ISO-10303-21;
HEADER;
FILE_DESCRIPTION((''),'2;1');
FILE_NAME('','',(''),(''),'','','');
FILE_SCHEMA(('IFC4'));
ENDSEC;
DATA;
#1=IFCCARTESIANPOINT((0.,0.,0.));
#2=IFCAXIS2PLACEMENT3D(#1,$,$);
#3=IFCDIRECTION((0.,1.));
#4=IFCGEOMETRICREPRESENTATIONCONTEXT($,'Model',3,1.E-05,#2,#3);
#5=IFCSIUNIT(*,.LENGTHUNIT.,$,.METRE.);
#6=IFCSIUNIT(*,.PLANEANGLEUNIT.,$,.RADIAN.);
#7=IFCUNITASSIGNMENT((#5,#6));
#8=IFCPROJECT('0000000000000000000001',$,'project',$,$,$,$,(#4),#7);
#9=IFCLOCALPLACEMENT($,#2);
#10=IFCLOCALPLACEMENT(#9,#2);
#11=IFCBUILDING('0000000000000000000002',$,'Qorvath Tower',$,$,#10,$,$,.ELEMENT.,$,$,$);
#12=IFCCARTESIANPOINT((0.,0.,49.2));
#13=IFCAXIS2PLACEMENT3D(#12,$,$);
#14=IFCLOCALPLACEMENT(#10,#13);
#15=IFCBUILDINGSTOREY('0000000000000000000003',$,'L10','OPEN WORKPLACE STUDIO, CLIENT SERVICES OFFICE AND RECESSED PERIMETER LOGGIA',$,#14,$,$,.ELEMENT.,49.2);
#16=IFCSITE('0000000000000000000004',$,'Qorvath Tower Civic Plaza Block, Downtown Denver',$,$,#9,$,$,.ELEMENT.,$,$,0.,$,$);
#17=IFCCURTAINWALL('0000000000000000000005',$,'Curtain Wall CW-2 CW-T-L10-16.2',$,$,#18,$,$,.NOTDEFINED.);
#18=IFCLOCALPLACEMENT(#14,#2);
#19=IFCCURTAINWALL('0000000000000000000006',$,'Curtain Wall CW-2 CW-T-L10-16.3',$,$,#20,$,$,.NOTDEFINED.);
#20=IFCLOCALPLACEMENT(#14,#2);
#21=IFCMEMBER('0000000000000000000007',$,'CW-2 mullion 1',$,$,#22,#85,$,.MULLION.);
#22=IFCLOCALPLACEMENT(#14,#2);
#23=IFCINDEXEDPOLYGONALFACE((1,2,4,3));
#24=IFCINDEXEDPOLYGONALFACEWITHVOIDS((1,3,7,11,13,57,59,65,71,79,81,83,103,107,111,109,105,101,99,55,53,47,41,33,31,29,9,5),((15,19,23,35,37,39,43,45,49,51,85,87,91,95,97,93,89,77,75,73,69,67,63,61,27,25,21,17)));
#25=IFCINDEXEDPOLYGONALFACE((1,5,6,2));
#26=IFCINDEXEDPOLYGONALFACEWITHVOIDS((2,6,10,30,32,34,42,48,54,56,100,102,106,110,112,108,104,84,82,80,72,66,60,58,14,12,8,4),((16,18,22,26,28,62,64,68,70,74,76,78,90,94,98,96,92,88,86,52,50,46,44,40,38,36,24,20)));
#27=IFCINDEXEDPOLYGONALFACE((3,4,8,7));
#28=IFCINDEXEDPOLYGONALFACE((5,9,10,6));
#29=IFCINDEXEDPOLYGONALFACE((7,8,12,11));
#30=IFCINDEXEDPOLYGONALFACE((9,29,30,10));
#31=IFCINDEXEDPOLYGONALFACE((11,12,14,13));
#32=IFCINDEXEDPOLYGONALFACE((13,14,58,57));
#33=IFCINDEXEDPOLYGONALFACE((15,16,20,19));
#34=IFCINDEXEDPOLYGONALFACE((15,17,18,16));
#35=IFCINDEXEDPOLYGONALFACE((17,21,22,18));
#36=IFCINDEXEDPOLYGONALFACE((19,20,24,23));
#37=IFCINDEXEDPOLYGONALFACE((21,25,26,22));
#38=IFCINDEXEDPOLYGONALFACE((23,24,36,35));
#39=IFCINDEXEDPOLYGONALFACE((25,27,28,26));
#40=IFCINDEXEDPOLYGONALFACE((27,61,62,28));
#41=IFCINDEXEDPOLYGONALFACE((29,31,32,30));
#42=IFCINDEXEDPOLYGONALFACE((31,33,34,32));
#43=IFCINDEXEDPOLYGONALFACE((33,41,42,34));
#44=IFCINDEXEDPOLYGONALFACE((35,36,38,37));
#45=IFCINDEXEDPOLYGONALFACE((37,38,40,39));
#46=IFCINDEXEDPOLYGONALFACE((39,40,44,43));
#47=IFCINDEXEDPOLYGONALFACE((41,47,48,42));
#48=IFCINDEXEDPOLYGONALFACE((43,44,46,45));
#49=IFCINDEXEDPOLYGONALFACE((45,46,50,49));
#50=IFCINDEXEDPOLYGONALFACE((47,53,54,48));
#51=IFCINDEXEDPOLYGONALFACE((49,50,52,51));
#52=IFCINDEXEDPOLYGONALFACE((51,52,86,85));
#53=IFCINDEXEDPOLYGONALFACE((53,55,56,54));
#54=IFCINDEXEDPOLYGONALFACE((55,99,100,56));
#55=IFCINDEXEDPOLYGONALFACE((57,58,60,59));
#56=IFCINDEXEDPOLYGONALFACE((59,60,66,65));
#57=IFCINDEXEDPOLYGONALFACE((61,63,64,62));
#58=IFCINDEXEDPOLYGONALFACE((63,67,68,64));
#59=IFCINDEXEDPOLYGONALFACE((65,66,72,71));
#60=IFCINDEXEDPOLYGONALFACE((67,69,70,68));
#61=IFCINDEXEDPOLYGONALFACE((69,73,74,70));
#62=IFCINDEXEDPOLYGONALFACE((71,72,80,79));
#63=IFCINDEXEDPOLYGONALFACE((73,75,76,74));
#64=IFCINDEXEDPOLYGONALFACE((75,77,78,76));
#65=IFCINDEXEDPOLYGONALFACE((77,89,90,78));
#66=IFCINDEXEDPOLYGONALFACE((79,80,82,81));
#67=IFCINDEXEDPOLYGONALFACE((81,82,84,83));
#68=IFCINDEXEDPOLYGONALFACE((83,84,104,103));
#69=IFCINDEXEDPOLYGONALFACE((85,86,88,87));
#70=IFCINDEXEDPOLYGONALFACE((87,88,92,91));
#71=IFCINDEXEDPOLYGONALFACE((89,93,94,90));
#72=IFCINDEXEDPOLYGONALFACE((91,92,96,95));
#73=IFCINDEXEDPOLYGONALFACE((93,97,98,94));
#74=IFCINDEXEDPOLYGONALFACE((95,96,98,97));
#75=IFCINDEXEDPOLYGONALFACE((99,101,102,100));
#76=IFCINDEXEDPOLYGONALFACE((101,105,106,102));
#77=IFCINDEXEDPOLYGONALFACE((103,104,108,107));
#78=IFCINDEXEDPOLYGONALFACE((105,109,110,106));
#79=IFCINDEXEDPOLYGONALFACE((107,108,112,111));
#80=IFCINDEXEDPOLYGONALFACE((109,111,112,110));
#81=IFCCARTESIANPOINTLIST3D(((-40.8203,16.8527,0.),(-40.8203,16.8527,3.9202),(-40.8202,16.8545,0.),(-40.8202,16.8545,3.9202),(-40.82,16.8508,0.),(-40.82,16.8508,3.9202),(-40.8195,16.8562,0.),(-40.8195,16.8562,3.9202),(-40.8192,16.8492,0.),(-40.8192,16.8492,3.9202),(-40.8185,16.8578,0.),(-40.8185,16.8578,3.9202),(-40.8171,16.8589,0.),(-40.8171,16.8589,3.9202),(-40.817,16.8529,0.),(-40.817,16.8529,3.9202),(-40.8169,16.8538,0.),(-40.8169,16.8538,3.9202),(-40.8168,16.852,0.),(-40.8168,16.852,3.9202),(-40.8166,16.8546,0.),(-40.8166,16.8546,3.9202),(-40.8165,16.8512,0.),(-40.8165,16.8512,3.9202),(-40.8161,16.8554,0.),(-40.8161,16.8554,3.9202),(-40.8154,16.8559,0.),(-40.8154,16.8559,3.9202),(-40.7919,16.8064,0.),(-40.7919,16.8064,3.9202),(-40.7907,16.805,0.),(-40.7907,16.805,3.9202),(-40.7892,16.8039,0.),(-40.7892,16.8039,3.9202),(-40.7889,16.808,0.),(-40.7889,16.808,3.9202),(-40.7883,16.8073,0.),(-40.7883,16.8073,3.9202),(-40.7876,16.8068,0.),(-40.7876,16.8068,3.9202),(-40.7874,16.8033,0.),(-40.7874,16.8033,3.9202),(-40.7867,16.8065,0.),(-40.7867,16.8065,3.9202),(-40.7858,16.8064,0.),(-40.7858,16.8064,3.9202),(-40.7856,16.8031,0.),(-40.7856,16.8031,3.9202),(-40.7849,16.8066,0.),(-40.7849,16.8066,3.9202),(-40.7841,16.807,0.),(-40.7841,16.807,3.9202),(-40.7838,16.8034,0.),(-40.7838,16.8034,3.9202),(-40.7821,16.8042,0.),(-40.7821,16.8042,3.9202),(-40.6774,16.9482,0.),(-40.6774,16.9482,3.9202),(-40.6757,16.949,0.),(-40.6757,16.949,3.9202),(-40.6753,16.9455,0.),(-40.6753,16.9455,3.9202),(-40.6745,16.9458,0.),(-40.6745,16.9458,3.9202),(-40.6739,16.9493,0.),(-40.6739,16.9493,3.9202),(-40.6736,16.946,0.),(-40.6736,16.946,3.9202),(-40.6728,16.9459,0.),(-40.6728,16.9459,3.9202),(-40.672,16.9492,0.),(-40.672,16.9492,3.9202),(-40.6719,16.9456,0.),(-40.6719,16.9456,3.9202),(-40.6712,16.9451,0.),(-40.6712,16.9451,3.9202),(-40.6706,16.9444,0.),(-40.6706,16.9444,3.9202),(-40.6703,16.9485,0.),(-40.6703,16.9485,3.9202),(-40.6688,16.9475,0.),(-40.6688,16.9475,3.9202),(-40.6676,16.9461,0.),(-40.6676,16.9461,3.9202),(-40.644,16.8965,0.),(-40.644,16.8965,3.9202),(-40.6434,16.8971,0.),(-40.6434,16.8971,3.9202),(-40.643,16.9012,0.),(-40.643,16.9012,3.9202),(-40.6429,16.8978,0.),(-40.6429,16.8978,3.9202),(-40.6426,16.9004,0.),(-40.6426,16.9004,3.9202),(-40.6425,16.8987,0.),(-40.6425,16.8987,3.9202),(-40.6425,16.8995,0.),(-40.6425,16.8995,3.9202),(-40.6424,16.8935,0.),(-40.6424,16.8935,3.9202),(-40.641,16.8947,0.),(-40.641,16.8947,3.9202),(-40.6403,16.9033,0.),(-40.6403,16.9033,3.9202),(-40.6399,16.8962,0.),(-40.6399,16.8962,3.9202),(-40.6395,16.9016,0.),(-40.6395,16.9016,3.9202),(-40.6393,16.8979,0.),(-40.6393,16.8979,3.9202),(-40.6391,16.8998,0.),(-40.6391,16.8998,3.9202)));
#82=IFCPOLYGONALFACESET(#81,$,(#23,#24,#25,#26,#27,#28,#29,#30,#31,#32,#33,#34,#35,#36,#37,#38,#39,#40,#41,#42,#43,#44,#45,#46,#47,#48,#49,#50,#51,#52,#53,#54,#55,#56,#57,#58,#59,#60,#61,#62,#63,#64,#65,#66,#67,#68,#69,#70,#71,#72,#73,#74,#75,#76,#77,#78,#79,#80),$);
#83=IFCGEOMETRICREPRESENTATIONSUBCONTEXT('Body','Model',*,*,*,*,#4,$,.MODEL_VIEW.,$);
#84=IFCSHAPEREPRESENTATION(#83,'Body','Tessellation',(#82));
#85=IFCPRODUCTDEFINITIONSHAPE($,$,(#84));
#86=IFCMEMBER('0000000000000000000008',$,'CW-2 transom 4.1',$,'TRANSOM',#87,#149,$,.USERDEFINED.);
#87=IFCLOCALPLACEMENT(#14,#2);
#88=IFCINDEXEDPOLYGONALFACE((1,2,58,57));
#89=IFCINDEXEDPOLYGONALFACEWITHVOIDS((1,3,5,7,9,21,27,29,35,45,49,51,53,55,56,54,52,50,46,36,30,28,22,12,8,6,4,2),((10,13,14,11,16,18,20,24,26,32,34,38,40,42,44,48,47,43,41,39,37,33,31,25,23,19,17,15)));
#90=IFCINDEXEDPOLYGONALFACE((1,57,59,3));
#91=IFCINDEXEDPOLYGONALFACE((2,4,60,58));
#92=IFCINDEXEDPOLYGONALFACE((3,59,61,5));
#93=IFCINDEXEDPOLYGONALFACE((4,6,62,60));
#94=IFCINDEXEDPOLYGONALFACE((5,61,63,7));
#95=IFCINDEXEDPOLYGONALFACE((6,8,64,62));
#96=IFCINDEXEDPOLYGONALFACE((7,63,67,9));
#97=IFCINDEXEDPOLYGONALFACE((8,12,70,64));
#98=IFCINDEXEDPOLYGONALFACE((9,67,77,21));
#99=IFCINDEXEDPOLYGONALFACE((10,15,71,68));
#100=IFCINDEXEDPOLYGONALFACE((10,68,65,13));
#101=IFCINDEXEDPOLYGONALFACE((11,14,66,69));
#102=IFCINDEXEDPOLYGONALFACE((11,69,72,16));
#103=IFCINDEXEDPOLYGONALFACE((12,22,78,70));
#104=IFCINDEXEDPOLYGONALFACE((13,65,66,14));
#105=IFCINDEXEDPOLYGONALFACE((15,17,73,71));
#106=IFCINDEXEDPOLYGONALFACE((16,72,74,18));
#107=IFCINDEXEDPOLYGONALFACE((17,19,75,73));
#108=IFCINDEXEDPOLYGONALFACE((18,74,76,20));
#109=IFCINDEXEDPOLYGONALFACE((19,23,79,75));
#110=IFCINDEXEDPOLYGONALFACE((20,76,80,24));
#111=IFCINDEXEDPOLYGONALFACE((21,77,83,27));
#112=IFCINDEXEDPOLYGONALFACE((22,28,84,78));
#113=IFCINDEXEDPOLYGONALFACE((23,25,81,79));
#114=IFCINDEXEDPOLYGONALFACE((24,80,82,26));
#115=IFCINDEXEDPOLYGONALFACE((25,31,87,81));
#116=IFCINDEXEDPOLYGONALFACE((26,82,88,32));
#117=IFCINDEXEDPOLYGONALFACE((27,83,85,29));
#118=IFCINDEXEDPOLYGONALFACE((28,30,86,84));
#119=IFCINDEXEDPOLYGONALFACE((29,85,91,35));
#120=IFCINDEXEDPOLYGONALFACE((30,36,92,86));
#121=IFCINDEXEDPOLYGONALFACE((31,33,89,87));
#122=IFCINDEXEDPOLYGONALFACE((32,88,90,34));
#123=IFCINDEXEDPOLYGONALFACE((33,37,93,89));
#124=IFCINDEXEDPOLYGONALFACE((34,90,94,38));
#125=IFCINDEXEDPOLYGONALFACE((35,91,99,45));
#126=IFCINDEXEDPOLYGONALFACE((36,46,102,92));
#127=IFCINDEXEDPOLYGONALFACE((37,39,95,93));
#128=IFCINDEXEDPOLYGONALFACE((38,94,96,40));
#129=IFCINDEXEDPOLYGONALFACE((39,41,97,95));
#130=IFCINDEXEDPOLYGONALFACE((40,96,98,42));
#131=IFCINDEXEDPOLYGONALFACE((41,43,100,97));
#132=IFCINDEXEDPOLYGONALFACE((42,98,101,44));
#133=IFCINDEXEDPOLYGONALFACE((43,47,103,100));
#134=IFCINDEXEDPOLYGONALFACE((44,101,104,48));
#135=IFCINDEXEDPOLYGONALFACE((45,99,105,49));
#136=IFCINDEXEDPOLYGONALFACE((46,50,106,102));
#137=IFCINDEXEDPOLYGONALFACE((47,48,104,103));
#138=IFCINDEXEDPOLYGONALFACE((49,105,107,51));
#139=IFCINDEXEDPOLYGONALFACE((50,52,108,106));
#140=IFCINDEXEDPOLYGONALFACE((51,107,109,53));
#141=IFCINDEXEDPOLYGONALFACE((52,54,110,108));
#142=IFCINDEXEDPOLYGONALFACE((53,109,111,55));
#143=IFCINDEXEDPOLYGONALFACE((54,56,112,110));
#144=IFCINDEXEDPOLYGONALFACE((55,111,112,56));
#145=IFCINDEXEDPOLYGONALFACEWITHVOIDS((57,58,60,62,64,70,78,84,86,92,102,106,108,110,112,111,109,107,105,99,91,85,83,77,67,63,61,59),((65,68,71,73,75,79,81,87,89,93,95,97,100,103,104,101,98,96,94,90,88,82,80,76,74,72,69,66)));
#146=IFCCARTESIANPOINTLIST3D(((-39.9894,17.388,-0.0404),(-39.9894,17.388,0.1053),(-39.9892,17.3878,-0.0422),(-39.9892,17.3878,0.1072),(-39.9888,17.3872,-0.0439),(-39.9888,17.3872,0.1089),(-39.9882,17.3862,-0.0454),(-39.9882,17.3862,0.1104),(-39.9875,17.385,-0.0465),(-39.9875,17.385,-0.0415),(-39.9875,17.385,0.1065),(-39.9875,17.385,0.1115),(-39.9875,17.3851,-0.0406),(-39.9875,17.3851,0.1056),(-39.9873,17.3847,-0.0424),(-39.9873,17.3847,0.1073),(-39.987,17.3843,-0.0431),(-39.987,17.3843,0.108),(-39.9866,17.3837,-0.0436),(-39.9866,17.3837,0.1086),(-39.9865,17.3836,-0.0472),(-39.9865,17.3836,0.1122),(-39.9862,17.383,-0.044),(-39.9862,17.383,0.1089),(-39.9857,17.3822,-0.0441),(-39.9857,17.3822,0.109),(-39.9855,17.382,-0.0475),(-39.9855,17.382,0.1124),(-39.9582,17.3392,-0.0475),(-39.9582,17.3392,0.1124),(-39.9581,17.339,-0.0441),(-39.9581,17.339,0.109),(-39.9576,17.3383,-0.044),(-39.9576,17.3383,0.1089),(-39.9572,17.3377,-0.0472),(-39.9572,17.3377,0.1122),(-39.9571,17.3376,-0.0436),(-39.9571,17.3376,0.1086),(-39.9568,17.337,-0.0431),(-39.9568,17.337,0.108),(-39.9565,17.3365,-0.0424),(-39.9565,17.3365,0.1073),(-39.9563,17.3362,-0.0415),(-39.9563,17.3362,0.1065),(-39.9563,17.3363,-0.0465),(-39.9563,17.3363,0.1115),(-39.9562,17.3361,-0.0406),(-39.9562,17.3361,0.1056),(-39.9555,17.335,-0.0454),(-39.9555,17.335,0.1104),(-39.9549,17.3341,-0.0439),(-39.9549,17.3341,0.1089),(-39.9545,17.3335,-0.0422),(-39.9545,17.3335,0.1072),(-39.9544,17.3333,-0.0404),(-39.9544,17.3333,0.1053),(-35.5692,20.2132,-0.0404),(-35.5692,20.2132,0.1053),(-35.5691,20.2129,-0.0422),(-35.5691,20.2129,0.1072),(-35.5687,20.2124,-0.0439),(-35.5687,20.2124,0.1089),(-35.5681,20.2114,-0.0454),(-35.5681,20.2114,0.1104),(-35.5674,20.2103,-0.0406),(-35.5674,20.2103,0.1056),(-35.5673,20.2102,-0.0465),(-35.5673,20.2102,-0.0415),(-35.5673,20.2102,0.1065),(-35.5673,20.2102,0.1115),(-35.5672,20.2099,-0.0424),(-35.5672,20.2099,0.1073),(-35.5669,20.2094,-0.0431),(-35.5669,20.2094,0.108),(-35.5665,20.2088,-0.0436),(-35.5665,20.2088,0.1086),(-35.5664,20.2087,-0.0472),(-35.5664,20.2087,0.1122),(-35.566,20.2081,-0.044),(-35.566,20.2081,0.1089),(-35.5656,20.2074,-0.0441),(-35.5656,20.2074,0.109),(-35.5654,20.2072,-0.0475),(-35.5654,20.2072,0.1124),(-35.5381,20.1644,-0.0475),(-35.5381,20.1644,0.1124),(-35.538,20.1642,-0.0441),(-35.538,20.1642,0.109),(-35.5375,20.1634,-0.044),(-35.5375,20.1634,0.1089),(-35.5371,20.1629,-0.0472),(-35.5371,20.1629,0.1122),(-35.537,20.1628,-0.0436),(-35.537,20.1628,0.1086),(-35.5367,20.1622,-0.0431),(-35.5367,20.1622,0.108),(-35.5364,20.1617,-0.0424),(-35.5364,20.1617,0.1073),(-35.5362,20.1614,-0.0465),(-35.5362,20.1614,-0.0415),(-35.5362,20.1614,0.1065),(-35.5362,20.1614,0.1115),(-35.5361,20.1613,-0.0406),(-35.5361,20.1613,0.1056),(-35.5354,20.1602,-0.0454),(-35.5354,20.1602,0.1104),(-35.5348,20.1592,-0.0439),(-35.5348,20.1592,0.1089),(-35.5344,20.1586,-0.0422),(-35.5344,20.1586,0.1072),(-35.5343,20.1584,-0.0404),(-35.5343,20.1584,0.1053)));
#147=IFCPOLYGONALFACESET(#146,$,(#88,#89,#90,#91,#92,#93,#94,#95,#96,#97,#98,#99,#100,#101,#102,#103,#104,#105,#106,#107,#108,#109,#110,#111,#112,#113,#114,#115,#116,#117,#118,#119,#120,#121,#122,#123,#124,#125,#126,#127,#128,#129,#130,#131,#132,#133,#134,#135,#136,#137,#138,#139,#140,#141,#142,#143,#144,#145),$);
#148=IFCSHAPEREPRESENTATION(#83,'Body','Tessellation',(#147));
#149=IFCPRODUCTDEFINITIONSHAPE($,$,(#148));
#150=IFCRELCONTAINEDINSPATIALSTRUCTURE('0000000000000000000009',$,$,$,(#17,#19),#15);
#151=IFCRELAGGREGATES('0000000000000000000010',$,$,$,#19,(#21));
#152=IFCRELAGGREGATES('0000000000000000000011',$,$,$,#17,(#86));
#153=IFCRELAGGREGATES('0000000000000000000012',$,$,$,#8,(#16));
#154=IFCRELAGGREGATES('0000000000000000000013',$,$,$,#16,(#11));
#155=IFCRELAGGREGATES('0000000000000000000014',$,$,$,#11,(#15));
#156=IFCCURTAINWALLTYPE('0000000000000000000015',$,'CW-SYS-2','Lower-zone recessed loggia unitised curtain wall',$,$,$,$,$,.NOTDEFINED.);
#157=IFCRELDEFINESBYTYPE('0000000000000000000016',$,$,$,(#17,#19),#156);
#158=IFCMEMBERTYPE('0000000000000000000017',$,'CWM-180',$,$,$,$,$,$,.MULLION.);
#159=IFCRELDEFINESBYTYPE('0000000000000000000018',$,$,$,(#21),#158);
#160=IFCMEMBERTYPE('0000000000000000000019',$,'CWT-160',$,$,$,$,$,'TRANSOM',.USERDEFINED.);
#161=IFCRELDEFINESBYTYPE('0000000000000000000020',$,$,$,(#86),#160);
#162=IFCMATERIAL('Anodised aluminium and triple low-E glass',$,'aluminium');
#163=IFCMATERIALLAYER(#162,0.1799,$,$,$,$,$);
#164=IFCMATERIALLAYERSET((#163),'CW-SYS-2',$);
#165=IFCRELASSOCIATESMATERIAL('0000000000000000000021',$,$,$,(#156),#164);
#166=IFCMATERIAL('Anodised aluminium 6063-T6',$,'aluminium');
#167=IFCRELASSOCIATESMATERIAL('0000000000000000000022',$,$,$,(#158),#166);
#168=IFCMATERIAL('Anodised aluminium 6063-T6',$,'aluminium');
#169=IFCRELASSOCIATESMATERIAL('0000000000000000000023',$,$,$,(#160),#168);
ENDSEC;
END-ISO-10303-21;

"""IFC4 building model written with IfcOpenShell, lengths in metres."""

from ifc_helpers import new_model, si_unit, direction, frame, origin, origin_2d, place, context, subcontext, project, spatial, hollow_rectangle, extrude, material, layer, layer_set, material_profile, profile_set, type_object, element, aggregate, save


model = new_model("IFC4")

# Units and contexts
model_context = context("Model", 3, precision=1e-05, world=origin(), true_north=direction((0.0, 1.0)))
body_context = subcontext(model_context, "Body", "Model", "MODEL_VIEW")
ifc_project = project(units=[si_unit("LENGTHUNIT", "METRE"), si_unit("PLANEANGLEUNIT", "RADIAN")], contexts=[model_context])

# Site, building, storey
site_placement = place(None, origin())
site = spatial("IfcSite", under=ifc_project, at=site_placement, Name="Qorvath Tower Civic Plaza Block, Downtown Denver", CompositionType="ELEMENT", RefElevation=0.0)
building_placement = place(site_placement, origin())
building = spatial("IfcBuilding", under=site, at=building_placement, Name="Qorvath Tower", CompositionType="ELEMENT")
storey_placement = place(building_placement, frame((0.0, 0.0, 49.2)))
storey = spatial("IfcBuildingStorey", under=building, at=storey_placement, Name="L10", Description="OPEN WORKPLACE STUDIO, CLIENT SERVICES OFFICE AND RECESSED PERIMETER LOGGIA", CompositionType="ELEMENT", Elevation=49.2)

# Curtain wall
ifc_material_1 = material(Name="Anodised aluminium and triple low-E glass", Category="aluminium")
ifc_layer_1 = layer(ifc_material_1, 0.1799)
ifc_layer_set_1 = layer_set([ifc_layer_1], Name="CW-SYS-2")
curtain_wall_type = type_object("IfcCurtainWallType", Name="CW-SYS-2", Description="Lower-zone recessed loggia unitised curtain wall", PredefinedType="NOTDEFINED", material=ifc_layer_set_1)
curtain_wall_1_placement = place(storey_placement, origin())
curtain_wall_1 = element("IfcCurtainWall", 1, at=curtain_wall_1_placement, inside=storey, type_object=curtain_wall_type, Name="Curtain Wall CW-2 CW-T-L10-16.2", PredefinedType="NOTDEFINED")
ifc_material_2 = material(Name="Anodised aluminium 6063-T6", Category="aluminium")
ifc_material_profile_1 = material_profile(ifc_material_2, hollow_rectangle(XDim=0.0649, YDim=0.1799, WallThickness=0.0034, InnerFilletRadius=0.0034, OuterFilletRadius=0.0071, at=origin_2d()), Name="CWM 180x65")
ifc_profile_set_1 = profile_set([ifc_material_profile_1], Name="Anodised aluminium 6063-T6")
member_type_1 = type_object("IfcMemberType", Name="CWM-180", PredefinedType="MULLION", material=ifc_profile_set_1)

# Curtain wall, member
curtain_wall_2_placement = place(storey_placement, origin())
curtain_wall_2 = element("IfcCurtainWall", 2, at=curtain_wall_2_placement, inside=storey, type_object=curtain_wall_type, Name="Curtain Wall CW-2 CW-T-L10-16.3", PredefinedType="NOTDEFINED")
member_1_placement = place(storey_placement, frame((-40.7297, 16.8762, 0.0), z_axis=(0.0, 0.0, 1.0), x_axis=(0.538532, -0.842605, 0.0)))
member_1 = element("IfcMember", 3, at=member_1_placement, type_object=member_type_1, Name="CW-2 mullion 1", PredefinedType="MULLION", context=body_context, shape_type="SweptSolid", body=[
    extrude(hollow_rectangle(XDim=0.0649, YDim=0.1799, WallThickness=0.0034, InnerFilletRadius=0.0034, OuterFilletRadius=0.0071, at=origin_2d()), origin(), (0.0, 0.0, 1.0), 3.9202),
])

# Member
ifc_material_3 = material(Name="Anodised aluminium 6063-T6", Category="aluminium")
ifc_material_profile_2 = material_profile(ifc_material_3, hollow_rectangle(XDim=0.0649, YDim=0.1599, WallThickness=0.0034, InnerFilletRadius=0.0034, OuterFilletRadius=0.0071, at=origin_2d()), Name="CWT 160x65")
ifc_profile_set_2 = profile_set([ifc_material_profile_2], Name="Anodised aluminium 6063-T6")
member_type_2 = type_object("IfcMemberType", Name="CWT-160", ElementType="TRANSOM", PredefinedType="USERDEFINED", material=ifc_profile_set_2)
member_2_placement = place(storey_placement, frame((-35.5518, 20.1858, 0.0325), z_axis=(-0.842592, -0.538552, 0.0), x_axis=(0.538552, -0.842592, 0.0)))
member_2 = element("IfcMember", 4, at=member_2_placement, type_object=member_type_2, Name="CW-2 transom 4.1", ObjectType="TRANSOM", PredefinedType="USERDEFINED", context=body_context, shape_type="SweptSolid", body=[
    extrude(hollow_rectangle(XDim=0.0649, YDim=0.1599, WallThickness=0.0034, InnerFilletRadius=0.0034, OuterFilletRadius=0.0071, at=origin_2d()), origin(), (0.0, 0.0, 1.0), 5.2458),
])
aggregate(curtain_wall_2, [member_1])

aggregate(curtain_wall_1, [member_2])

save(model, "model.ifc")
